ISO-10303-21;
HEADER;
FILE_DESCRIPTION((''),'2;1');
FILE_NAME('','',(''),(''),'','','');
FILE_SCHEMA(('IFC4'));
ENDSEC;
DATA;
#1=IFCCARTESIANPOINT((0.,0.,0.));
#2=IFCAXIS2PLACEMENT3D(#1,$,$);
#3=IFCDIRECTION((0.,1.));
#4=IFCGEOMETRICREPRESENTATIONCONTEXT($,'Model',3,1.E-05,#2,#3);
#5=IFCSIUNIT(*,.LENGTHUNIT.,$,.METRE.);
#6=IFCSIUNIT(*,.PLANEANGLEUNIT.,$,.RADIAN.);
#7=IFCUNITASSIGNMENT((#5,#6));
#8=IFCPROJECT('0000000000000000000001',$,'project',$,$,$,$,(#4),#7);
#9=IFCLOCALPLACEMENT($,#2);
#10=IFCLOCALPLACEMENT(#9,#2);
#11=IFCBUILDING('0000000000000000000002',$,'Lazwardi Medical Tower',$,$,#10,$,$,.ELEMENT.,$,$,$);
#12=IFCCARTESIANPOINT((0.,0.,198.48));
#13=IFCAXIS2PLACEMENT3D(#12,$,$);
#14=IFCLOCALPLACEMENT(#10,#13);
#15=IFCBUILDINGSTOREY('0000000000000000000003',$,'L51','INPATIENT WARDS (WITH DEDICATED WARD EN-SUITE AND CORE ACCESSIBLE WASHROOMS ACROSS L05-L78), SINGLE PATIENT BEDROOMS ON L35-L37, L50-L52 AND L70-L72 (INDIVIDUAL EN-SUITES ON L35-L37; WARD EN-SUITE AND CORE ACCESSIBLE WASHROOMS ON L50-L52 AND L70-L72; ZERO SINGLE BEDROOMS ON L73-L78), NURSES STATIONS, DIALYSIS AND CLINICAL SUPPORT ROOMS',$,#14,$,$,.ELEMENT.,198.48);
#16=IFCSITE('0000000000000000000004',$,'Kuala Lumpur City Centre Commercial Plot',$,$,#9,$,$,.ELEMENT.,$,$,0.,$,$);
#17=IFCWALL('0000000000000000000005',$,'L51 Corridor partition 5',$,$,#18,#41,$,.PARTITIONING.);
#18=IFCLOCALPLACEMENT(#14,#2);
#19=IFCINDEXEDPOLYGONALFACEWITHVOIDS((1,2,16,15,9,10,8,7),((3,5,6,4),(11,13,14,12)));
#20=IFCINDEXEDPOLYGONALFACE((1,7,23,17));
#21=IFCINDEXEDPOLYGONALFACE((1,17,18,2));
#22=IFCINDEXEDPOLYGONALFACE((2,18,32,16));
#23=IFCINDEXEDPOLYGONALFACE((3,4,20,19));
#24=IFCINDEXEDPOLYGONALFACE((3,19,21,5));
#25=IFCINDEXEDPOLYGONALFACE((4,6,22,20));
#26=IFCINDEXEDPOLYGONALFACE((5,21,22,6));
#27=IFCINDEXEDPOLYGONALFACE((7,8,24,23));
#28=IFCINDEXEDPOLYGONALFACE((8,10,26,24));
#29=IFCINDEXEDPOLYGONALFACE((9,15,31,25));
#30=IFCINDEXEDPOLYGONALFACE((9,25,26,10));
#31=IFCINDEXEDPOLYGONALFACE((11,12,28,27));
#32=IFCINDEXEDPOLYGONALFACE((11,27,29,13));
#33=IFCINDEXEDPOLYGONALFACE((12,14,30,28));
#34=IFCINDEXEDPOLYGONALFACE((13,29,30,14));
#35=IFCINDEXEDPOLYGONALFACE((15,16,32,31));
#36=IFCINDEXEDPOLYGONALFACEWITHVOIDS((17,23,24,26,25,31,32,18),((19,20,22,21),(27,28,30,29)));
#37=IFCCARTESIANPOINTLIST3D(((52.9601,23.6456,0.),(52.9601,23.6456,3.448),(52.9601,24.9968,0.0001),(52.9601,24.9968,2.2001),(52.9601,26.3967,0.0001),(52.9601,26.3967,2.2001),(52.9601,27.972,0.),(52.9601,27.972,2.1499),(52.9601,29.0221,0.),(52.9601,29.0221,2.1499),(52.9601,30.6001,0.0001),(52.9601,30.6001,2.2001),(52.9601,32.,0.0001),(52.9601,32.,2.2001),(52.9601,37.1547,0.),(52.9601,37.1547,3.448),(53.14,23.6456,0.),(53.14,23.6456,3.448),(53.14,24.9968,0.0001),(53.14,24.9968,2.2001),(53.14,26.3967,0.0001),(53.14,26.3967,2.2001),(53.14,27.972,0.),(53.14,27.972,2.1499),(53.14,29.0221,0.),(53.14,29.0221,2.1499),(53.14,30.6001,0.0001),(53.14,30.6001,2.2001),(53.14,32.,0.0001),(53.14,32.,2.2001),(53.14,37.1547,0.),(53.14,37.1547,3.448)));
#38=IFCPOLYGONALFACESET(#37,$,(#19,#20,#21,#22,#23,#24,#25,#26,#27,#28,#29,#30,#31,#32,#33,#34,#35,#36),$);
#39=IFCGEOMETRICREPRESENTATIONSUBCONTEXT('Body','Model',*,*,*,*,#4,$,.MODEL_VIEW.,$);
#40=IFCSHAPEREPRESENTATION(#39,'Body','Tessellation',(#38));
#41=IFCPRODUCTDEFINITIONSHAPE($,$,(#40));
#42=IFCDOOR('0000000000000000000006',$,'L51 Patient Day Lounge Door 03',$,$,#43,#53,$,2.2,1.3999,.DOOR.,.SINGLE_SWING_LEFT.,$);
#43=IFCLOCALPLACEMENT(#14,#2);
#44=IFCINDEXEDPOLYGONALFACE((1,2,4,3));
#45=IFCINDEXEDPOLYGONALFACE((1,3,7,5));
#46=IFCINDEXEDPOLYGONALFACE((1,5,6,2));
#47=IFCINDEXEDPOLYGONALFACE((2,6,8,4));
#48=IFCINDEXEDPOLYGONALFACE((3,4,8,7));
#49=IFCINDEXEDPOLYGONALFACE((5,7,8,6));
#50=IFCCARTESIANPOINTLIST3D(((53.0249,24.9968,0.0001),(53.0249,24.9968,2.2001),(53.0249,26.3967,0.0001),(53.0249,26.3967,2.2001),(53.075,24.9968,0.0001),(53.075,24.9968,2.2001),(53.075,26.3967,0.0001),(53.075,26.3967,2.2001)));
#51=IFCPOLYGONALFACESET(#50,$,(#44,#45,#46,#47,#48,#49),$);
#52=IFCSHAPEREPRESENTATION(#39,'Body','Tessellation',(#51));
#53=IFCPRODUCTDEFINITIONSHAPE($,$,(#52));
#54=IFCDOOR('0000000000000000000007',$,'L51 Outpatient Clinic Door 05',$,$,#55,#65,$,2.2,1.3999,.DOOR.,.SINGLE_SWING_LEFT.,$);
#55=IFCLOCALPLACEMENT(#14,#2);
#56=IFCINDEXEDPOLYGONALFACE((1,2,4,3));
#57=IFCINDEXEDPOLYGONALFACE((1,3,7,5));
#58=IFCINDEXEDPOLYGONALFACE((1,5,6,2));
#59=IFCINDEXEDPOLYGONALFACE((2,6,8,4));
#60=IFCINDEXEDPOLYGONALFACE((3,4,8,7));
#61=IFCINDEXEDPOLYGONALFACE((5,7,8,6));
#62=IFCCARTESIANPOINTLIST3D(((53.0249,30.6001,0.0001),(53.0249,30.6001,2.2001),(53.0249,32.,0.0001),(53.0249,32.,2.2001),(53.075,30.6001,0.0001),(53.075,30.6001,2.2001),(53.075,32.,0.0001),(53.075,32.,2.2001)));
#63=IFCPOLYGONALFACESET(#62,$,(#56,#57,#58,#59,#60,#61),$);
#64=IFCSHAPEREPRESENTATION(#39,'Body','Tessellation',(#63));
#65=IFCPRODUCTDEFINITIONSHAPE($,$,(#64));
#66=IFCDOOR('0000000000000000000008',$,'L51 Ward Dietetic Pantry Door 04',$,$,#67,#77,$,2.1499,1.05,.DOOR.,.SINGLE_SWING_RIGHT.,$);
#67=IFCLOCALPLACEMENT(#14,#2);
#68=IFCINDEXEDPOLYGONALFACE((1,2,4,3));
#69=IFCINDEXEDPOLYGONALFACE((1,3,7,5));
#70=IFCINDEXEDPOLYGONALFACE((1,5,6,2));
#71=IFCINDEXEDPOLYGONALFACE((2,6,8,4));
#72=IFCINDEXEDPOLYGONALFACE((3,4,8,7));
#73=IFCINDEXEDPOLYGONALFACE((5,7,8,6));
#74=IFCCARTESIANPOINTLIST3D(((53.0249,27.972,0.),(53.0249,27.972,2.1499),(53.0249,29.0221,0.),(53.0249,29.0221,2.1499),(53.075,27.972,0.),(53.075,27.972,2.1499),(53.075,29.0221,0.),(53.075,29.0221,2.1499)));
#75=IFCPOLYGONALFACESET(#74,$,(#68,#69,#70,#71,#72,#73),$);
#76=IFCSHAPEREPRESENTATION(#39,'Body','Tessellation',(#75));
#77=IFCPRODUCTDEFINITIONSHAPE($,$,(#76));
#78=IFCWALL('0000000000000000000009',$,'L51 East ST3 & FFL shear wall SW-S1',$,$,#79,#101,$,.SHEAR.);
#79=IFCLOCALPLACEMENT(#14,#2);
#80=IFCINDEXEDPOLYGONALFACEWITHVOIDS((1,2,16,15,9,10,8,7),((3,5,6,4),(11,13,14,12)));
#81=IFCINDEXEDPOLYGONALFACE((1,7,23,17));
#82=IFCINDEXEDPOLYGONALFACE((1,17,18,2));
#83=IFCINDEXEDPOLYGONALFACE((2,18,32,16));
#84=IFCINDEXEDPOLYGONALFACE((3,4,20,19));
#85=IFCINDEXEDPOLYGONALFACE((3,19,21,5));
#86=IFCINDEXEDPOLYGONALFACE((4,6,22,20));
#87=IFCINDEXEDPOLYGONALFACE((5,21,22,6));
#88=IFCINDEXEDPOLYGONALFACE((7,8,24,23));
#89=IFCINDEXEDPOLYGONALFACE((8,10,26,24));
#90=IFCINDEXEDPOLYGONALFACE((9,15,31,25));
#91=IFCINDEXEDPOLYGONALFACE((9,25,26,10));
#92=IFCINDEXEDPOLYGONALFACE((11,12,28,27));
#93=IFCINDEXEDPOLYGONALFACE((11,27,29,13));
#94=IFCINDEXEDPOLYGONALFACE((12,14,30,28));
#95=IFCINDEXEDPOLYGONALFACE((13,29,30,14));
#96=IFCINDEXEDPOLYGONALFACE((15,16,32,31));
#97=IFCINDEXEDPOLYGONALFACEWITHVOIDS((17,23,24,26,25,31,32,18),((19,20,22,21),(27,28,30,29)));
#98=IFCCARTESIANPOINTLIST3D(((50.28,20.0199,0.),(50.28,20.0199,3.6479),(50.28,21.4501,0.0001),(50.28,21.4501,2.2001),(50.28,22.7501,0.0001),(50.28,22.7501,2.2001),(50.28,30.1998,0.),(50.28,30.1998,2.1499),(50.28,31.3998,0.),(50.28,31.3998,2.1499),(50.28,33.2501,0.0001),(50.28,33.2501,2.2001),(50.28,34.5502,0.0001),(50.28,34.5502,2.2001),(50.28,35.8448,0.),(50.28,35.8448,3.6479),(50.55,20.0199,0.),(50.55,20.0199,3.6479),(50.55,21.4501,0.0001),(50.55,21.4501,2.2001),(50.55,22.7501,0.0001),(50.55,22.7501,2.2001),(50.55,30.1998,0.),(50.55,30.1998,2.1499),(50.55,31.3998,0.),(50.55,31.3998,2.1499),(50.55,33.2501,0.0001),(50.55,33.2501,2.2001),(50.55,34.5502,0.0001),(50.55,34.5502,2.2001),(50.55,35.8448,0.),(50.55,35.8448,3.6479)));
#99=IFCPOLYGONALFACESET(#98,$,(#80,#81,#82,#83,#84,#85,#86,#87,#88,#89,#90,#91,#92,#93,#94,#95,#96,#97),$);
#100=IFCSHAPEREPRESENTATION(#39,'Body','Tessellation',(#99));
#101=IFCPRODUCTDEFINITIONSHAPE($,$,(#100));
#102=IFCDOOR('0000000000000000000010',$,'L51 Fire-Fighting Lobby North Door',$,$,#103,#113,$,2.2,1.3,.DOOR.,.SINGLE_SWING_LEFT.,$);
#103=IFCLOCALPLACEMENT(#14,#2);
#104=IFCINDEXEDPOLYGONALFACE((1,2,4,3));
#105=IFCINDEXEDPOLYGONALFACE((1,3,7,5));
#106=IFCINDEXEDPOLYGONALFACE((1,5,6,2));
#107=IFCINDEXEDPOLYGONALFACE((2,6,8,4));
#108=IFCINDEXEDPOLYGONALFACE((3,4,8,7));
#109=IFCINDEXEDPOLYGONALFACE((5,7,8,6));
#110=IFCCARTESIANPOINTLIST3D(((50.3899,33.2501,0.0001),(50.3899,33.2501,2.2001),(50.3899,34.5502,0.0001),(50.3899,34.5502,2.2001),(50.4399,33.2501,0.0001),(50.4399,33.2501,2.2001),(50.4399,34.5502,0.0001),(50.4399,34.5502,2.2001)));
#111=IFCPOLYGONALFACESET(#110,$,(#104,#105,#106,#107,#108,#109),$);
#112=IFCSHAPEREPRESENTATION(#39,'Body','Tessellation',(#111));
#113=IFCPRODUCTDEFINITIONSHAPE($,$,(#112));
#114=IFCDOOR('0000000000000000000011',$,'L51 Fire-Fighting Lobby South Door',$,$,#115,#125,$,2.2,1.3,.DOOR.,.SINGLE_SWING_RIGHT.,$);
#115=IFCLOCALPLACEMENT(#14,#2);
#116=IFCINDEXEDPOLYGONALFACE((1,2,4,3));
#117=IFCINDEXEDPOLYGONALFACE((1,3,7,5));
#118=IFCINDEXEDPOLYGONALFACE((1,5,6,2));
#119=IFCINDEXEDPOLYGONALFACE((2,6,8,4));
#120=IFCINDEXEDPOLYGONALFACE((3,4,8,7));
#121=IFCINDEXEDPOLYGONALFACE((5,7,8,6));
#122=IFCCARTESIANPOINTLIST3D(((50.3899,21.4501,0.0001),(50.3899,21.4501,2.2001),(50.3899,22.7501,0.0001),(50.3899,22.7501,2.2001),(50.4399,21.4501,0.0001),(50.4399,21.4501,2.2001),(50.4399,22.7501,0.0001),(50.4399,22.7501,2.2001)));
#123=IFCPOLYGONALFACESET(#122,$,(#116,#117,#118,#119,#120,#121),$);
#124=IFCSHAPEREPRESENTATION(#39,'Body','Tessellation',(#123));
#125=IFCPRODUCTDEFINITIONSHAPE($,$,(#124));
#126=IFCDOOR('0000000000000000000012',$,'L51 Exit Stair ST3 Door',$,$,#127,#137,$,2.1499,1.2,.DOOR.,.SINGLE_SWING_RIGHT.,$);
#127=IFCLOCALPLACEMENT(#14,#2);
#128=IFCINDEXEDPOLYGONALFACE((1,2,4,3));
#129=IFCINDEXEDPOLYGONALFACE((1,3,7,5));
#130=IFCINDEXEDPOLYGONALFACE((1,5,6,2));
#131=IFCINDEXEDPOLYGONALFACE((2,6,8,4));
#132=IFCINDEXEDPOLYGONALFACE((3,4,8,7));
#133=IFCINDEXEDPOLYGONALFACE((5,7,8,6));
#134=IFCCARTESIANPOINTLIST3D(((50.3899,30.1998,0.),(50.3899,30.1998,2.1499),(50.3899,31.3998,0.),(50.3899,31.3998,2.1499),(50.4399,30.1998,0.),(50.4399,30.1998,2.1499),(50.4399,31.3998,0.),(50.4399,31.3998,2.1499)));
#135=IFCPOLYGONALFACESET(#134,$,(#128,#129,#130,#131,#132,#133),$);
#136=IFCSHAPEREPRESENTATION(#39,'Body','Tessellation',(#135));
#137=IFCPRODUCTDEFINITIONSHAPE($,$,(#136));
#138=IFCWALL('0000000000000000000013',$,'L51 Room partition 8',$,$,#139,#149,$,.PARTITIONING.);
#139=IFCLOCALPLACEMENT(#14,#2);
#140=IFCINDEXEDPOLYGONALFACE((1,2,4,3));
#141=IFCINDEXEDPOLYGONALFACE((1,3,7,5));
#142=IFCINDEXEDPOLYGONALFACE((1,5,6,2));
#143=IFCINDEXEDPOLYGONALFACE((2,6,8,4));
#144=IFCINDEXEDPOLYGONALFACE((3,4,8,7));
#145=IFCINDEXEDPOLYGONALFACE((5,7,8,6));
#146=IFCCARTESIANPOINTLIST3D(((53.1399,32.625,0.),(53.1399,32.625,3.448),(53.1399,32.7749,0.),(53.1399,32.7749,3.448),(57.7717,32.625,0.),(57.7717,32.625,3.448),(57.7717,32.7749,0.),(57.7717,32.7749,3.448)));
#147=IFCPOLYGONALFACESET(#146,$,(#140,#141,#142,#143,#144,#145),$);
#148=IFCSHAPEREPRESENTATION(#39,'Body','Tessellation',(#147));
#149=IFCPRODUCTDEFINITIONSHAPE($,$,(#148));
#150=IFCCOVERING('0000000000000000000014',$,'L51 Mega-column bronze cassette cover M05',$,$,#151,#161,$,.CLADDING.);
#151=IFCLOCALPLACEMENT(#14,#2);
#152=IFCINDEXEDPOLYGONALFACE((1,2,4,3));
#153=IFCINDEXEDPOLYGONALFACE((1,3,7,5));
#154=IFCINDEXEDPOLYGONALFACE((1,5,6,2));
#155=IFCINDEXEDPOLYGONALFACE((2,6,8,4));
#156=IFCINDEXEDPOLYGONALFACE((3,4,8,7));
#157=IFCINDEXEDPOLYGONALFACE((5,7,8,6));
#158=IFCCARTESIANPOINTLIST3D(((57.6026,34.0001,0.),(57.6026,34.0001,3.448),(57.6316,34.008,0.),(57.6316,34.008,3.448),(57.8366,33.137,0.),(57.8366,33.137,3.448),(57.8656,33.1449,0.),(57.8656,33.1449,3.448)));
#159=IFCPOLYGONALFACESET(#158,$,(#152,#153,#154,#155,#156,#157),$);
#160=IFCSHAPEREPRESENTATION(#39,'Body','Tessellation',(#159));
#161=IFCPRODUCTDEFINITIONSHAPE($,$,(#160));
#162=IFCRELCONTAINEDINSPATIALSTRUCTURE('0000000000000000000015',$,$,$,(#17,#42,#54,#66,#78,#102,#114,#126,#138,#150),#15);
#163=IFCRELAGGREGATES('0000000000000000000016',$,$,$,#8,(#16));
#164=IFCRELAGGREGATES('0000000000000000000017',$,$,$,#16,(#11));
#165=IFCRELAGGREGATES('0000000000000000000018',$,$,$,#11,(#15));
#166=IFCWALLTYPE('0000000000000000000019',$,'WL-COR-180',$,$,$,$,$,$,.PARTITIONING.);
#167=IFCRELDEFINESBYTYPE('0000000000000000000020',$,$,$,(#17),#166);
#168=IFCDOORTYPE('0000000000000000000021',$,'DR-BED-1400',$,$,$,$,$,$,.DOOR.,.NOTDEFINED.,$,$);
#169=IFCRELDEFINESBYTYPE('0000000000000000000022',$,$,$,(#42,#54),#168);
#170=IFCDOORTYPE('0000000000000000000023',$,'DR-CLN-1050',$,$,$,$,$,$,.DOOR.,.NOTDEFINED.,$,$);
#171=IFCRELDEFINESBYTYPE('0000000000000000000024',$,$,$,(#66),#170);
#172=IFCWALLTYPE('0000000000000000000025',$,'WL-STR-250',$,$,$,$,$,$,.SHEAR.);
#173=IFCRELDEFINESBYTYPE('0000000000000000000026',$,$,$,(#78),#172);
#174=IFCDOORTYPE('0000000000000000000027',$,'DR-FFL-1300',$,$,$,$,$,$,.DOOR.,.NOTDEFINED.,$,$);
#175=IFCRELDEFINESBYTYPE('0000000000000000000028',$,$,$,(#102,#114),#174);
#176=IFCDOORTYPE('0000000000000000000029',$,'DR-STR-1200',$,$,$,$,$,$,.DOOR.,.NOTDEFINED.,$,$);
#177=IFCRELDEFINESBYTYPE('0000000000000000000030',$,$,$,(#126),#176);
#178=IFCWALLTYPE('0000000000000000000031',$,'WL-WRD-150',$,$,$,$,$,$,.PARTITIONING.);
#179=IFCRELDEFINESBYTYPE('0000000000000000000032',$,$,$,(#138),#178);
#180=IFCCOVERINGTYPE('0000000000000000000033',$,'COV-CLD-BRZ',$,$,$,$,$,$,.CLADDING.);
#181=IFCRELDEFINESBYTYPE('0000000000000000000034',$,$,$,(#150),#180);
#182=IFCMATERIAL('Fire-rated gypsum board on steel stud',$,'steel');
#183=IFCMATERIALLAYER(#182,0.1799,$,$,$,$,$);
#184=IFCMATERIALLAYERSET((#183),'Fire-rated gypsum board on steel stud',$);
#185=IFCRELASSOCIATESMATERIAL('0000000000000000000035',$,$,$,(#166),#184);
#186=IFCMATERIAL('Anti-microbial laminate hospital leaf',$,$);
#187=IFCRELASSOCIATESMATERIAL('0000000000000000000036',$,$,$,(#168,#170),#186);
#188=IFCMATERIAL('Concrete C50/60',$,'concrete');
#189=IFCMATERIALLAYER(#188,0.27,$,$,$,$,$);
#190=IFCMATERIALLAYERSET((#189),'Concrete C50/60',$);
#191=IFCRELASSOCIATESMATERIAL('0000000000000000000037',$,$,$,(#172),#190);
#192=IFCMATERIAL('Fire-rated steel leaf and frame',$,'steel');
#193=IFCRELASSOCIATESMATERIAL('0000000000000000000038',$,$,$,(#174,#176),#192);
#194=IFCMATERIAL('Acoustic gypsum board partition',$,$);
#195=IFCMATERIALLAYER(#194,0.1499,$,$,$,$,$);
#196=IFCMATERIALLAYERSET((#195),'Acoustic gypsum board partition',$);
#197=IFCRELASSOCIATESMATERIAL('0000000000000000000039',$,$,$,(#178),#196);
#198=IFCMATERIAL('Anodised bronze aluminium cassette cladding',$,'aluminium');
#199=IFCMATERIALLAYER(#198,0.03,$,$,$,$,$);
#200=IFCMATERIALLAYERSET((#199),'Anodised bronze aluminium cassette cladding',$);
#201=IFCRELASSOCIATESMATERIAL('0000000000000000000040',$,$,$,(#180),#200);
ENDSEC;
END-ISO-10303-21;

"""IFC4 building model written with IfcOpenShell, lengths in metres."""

from ifc_helpers import new_model, si_unit, direction, frame, frame_2d, origin, origin_2d, place, context, subcontext, project, spatial, rectangle, extrude, material, layer, layer_set, type_object, element, fill, save


model = new_model("IFC4")

# Units and contexts
model_context = context("Model", 3, precision=1e-05, world=origin(), true_north=direction((0.0, 1.0)))
body_context = subcontext(model_context, "Body", "Model", "MODEL_VIEW")
ifc_project = project(units=[si_unit("LENGTHUNIT", "METRE"), si_unit("PLANEANGLEUNIT", "RADIAN")], contexts=[model_context])

# Site, building, storey
site_placement = place(None, origin())
site = spatial("IfcSite", under=ifc_project, at=site_placement, Name="Kuala Lumpur City Centre Commercial Plot", CompositionType="ELEMENT", RefElevation=0.0)
building_placement = place(site_placement, origin())
building = spatial("IfcBuilding", under=site, at=building_placement, Name="Lazwardi Medical Tower", CompositionType="ELEMENT")
storey_placement = place(building_placement, frame((0.0, 0.0, 198.48)))
storey = spatial("IfcBuildingStorey", under=building, at=storey_placement, Name="L51", Description="INPATIENT WARDS (WITH DEDICATED WARD EN-SUITE AND CORE ACCESSIBLE WASHROOMS ACROSS L05-L78), SINGLE PATIENT BEDROOMS ON L35-L37, L50-L52 AND L70-L72 (INDIVIDUAL EN-SUITES ON L35-L37; WARD EN-SUITE AND CORE ACCESSIBLE WASHROOMS ON L50-L52 AND L70-L72; ZERO SINGLE BEDROOMS ON L73-L78), NURSES STATIONS, DIALYSIS AND CLINICAL SUPPORT ROOMS", CompositionType="ELEMENT", Elevation=198.48)

# Walls, openings, doors
ifc_material_1 = material(Name="Fire-rated gypsum board on steel stud", Category="steel")
ifc_layer_1 = layer(ifc_material_1, 0.1799)
ifc_layer_set_1 = layer_set([ifc_layer_1], Name="Fire-rated gypsum board on steel stud")
wall_type_1 = type_object("IfcWallType", Name="WL-COR-180", PredefinedType="PARTITIONING", material=ifc_layer_set_1)
wall_1_placement = place(storey_placement, frame((53.05, 37.1545, 0.0), z_axis=(0.0, 0.0, 1.0), x_axis=(0.0, -1.0, 0.0)))
wall_1 = element("IfcWall", 1, at=wall_1_placement, inside=storey, type_object=wall_type_1, Name="L51 Corridor partition 5", PredefinedType="PARTITIONING", context=body_context, shape_type="SweptSolid", body=[
    extrude(rectangle(XDim=13.509, YDim=0.1799, at=frame_2d((6.7544, 0.0))), origin(), (0.0, 0.0, 1.0), 3.448),
])
opening_1_placement = place(wall_1_placement, frame((10.7578, 0.0, 0.0)))
opening_1 = element("IfcOpeningElement", 2, at=opening_1_placement, cuts=wall_1, PredefinedType="OPENING", context=body_context, shape_type="SweptSolid", body=[
    extrude(rectangle(XDim=1.3999, YDim=2.2, at=frame_2d((0.7, 1.1001))), frame((0.0, 0.0999, 0.0), z_axis=(0.0, -1.0, 0.0), x_axis=(1.0, 0.0, 0.0)), (0.0, 0.0, 1.0), 0.2),
])
opening_2_placement = place(wall_1_placement, frame((8.1326, 0.0, 0.0)))
opening_2 = element("IfcOpeningElement", 3, at=opening_2_placement, cuts=wall_1, PredefinedType="OPENING", context=body_context, shape_type="SweptSolid", body=[
    extrude(rectangle(XDim=1.05, YDim=2.1499, at=frame_2d((0.5249, 1.075))), frame((0.0, 0.0999, 0.0), z_axis=(0.0, -1.0, 0.0), x_axis=(1.0, 0.0, 0.0)), (0.0, 0.0, 1.0), 0.2),
])
opening_3_placement = place(wall_1_placement, frame((5.1545, 0.0, 0.0)))
opening_3 = element("IfcOpeningElement", 4, at=opening_3_placement, cuts=wall_1, PredefinedType="OPENING", context=body_context, shape_type="SweptSolid", body=[
    extrude(rectangle(XDim=1.3999, YDim=2.2, at=frame_2d((0.7, 1.1001))), frame((0.0, 0.0999, 0.0), z_axis=(0.0, -1.0, 0.0), x_axis=(1.0, 0.0, 0.0)), (0.0, 0.0, 1.0), 0.2),
])
ifc_material_2 = material(Name="Anti-microbial laminate hospital leaf")
door_type_1 = type_object("IfcDoorType", Name="DR-BED-1400", OperationType="NOTDEFINED", PredefinedType="DOOR", material=ifc_material_2)
door_1_placement = place(opening_1_placement, origin())
door_1 = element("IfcDoor", 5, at=door_1_placement, inside=storey, type_object=door_type_1, Name="L51 Patient Day Lounge Door 03", OperationType="SINGLE_SWING_LEFT", OverallHeight=2.2, OverallWidth=1.3999, PredefinedType="DOOR", context=body_context, shape_type="SweptSolid", body=[
    extrude(rectangle(XDim=1.3999, YDim=2.2, at=frame_2d((0.7, 1.1001))), frame((0.0, 0.0249, 0.0), z_axis=(0.0, -1.0, 0.0), x_axis=(1.0, 0.0, 0.0)), (0.0, 0.0, 1.0), 0.05),
])
fill(opening_1, door_1)
door_2_placement = place(opening_3_placement, origin())
door_2 = element("IfcDoor", 6, at=door_2_placement, inside=storey, type_object=door_type_1, Name="L51 Outpatient Clinic Door 05", OperationType="SINGLE_SWING_LEFT", OverallHeight=2.2, OverallWidth=1.3999, PredefinedType="DOOR", context=body_context, shape_type="SweptSolid", body=[
    extrude(rectangle(XDim=1.3999, YDim=2.2, at=frame_2d((0.7, 1.1001))), frame((0.0, 0.0249, 0.0), z_axis=(0.0, -1.0, 0.0), x_axis=(1.0, 0.0, 0.0)), (0.0, 0.0, 1.0), 0.05),
])
fill(opening_3, door_2)
door_type_2 = type_object("IfcDoorType", Name="DR-CLN-1050", OperationType="NOTDEFINED", PredefinedType="DOOR", material=ifc_material_2)
door_3_placement = place(opening_2_placement, origin())
door_3 = element("IfcDoor", 7, at=door_3_placement, inside=storey, type_object=door_type_2, Name="L51 Ward Dietetic Pantry Door 04", OperationType="SINGLE_SWING_RIGHT", OverallHeight=2.1499, OverallWidth=1.05, PredefinedType="DOOR", context=body_context, shape_type="SweptSolid", body=[
    extrude(rectangle(XDim=1.05, YDim=2.1499, at=frame_2d((0.5249, 1.075))), frame((0.0, 0.0249, 0.0), z_axis=(0.0, -1.0, 0.0), x_axis=(1.0, 0.0, 0.0)), (0.0, 0.0, 1.0), 0.05),
])
fill(opening_2, door_3)
ifc_material_3 = material(Name="Concrete C50/60", Category="concrete")
ifc_layer_2 = layer(ifc_material_3, 0.27)
ifc_layer_set_2 = layer_set([ifc_layer_2], Name="Concrete C50/60")
wall_type_2 = type_object("IfcWallType", Name="WL-STR-250", PredefinedType="SHEAR", material=ifc_layer_set_2)
wall_2_placement = place(storey_placement, frame((50.415, 35.845, 0.0), z_axis=(0.0, 0.0, 1.0), x_axis=(0.0, -1.0, 0.0)))
wall_2 = element("IfcWall", 8, at=wall_2_placement, inside=storey, type_object=wall_type_2, Name="L51 East ST3 & FFL shear wall SW-S1", PredefinedType="SHEAR", context=body_context, shape_type="SweptSolid", body=[
    extrude(rectangle(XDim=15.825, YDim=0.27, at=frame_2d((7.9126, 0.0))), origin(), (0.0, 0.0, 1.0), 3.6479),
])
opening_4_placement = place(wall_2_placement, frame((4.4451, 0.0, 0.0)))
opening_4 = element("IfcOpeningElement", 9, at=opening_4_placement, cuts=wall_2, PredefinedType="OPENING", context=body_context, shape_type="SweptSolid", body=[
    extrude(rectangle(XDim=1.2, YDim=2.1499, at=frame_2d((0.6001, 1.075))), frame((0.0, 0.145, 0.0), z_axis=(0.0, -1.0, 0.0), x_axis=(1.0, 0.0, 0.0)), (0.0, 0.0, 1.0), 0.29),
])
opening_5_placement = place(wall_2_placement, frame((1.2949, 0.0, 0.0)))
opening_5 = element("IfcOpeningElement", 10, at=opening_5_placement, cuts=wall_2, PredefinedType="OPENING", context=body_context, shape_type="SweptSolid", body=[
    extrude(rectangle(XDim=1.3, YDim=2.2, at=frame_2d((0.6499, 1.1001))), frame((0.0, 0.145, 0.0), z_axis=(0.0, -1.0, 0.0), x_axis=(1.0, 0.0, 0.0)), (0.0, 0.0, 1.0), 0.29),
])
opening_6_placement = place(wall_2_placement, frame((13.095, 0.0, 0.0)))
opening_6 = element("IfcOpeningElement", 11, at=opening_6_placement, cuts=wall_2, PredefinedType="OPENING", context=body_context, shape_type="SweptSolid", body=[
    extrude(rectangle(XDim=1.3, YDim=2.2, at=frame_2d((0.6499, 1.1001))), frame((0.0, 0.145, 0.0), z_axis=(0.0, -1.0, 0.0), x_axis=(1.0, 0.0, 0.0)), (0.0, 0.0, 1.0), 0.29),
])
ifc_material_4 = material(Name="Fire-rated steel leaf and frame", Category="steel")
door_type_3 = type_object("IfcDoorType", Name="DR-FFL-1300", OperationType="NOTDEFINED", PredefinedType="DOOR", material=ifc_material_4)
door_4_placement = place(opening_5_placement, origin())
door_4 = element("IfcDoor", 12, at=door_4_placement, inside=storey, type_object=door_type_3, Name="L51 Fire-Fighting Lobby North Door", OperationType="SINGLE_SWING_LEFT", OverallHeight=2.2, OverallWidth=1.3, PredefinedType="DOOR", context=body_context, shape_type="SweptSolid", body=[
    extrude(rectangle(XDim=1.3, YDim=2.2, at=frame_2d((0.6499, 1.1001))), frame((0.0, 0.0249, 0.0), z_axis=(0.0, -1.0, 0.0), x_axis=(1.0, 0.0, 0.0)), (0.0, 0.0, 1.0), 0.05),
])
fill(opening_5, door_4)
door_5_placement = place(opening_6_placement, origin())
door_5 = element("IfcDoor", 13, at=door_5_placement, inside=storey, type_object=door_type_3, Name="L51 Fire-Fighting Lobby South Door", OperationType="SINGLE_SWING_RIGHT", OverallHeight=2.2, OverallWidth=1.3, PredefinedType="DOOR", context=body_context, shape_type="SweptSolid", body=[
    extrude(rectangle(XDim=1.3, YDim=2.2, at=frame_2d((0.6499, 1.1001))), frame((0.0, 0.0249, 0.0), z_axis=(0.0, -1.0, 0.0), x_axis=(1.0, 0.0, 0.0)), (0.0, 0.0, 1.0), 0.05),
])
fill(opening_6, door_5)
door_type_4 = type_object("IfcDoorType", Name="DR-STR-1200", OperationType="NOTDEFINED", PredefinedType="DOOR", material=ifc_material_4)
door_6_placement = place(opening_4_placement, origin())
door_6 = element("IfcDoor", 14, at=door_6_placement, inside=storey, type_object=door_type_4, Name="L51 Exit Stair ST3 Door", OperationType="SINGLE_SWING_RIGHT", OverallHeight=2.1499, OverallWidth=1.2, PredefinedType="DOOR", context=body_context, shape_type="SweptSolid", body=[
    extrude(rectangle(XDim=1.2, YDim=2.1499, at=frame_2d((0.6001, 1.075))), frame((0.0, 0.0249, 0.0), z_axis=(0.0, -1.0, 0.0), x_axis=(1.0, 0.0, 0.0)), (0.0, 0.0, 1.0), 0.05),
])
fill(opening_4, door_6)

# Wall
ifc_material_5 = material(Name="Acoustic gypsum board partition")
ifc_layer_3 = layer(ifc_material_5, 0.1499)
ifc_layer_set_3 = layer_set([ifc_layer_3], Name="Acoustic gypsum board partition")
wall_type_3 = type_object("IfcWallType", Name="WL-WRD-150", PredefinedType="PARTITIONING", material=ifc_layer_set_3)
wall_3_placement = place(storey_placement, frame((53.1399, 32.7, 0.0), z_axis=(0.0, 0.0, 1.0), x_axis=(1.0, 0.0, 0.0)))
element("IfcWall", 15, at=wall_3_placement, inside=storey, type_object=wall_type_3, Name="L51 Room partition 8", PredefinedType="PARTITIONING", context=body_context, shape_type="SweptSolid", body=[
    extrude(rectangle(XDim=4.6318, YDim=0.1499, at=frame_2d((2.3159, 0.0))), origin(), (0.0, 0.0, 1.0), 3.448),
])

# Covering
ifc_material_6 = material(Name="Anodised bronze aluminium cassette cladding", Category="aluminium")
ifc_layer_4 = layer(ifc_material_6, 0.03)
ifc_layer_set_4 = layer_set([ifc_layer_4], Name="Anodised bronze aluminium cassette cladding")
covering_type = type_object("IfcCoveringType", Name="COV-CLD-BRZ", PredefinedType="CLADDING", material=ifc_layer_set_4)
covering_placement = place(storey_placement, frame((57.7341, 33.5725, 0.0), z_axis=(0.0, 0.0, 1.0), x_axis=(-0.261642, 0.965165, 0.0)))
element("IfcCovering", 16, at=covering_placement, inside=storey, type_object=covering_type, Name="L51 Mega-column bronze cassette cover M05", PredefinedType="CLADDING", context=body_context, shape_type="SweptSolid", body=[
    extrude(rectangle(XDim=0.8943, YDim=0.03, at=origin_2d()), origin(), (0.0, 0.0, 1.0), 3.448),
])

save(model, "model.ifc")
